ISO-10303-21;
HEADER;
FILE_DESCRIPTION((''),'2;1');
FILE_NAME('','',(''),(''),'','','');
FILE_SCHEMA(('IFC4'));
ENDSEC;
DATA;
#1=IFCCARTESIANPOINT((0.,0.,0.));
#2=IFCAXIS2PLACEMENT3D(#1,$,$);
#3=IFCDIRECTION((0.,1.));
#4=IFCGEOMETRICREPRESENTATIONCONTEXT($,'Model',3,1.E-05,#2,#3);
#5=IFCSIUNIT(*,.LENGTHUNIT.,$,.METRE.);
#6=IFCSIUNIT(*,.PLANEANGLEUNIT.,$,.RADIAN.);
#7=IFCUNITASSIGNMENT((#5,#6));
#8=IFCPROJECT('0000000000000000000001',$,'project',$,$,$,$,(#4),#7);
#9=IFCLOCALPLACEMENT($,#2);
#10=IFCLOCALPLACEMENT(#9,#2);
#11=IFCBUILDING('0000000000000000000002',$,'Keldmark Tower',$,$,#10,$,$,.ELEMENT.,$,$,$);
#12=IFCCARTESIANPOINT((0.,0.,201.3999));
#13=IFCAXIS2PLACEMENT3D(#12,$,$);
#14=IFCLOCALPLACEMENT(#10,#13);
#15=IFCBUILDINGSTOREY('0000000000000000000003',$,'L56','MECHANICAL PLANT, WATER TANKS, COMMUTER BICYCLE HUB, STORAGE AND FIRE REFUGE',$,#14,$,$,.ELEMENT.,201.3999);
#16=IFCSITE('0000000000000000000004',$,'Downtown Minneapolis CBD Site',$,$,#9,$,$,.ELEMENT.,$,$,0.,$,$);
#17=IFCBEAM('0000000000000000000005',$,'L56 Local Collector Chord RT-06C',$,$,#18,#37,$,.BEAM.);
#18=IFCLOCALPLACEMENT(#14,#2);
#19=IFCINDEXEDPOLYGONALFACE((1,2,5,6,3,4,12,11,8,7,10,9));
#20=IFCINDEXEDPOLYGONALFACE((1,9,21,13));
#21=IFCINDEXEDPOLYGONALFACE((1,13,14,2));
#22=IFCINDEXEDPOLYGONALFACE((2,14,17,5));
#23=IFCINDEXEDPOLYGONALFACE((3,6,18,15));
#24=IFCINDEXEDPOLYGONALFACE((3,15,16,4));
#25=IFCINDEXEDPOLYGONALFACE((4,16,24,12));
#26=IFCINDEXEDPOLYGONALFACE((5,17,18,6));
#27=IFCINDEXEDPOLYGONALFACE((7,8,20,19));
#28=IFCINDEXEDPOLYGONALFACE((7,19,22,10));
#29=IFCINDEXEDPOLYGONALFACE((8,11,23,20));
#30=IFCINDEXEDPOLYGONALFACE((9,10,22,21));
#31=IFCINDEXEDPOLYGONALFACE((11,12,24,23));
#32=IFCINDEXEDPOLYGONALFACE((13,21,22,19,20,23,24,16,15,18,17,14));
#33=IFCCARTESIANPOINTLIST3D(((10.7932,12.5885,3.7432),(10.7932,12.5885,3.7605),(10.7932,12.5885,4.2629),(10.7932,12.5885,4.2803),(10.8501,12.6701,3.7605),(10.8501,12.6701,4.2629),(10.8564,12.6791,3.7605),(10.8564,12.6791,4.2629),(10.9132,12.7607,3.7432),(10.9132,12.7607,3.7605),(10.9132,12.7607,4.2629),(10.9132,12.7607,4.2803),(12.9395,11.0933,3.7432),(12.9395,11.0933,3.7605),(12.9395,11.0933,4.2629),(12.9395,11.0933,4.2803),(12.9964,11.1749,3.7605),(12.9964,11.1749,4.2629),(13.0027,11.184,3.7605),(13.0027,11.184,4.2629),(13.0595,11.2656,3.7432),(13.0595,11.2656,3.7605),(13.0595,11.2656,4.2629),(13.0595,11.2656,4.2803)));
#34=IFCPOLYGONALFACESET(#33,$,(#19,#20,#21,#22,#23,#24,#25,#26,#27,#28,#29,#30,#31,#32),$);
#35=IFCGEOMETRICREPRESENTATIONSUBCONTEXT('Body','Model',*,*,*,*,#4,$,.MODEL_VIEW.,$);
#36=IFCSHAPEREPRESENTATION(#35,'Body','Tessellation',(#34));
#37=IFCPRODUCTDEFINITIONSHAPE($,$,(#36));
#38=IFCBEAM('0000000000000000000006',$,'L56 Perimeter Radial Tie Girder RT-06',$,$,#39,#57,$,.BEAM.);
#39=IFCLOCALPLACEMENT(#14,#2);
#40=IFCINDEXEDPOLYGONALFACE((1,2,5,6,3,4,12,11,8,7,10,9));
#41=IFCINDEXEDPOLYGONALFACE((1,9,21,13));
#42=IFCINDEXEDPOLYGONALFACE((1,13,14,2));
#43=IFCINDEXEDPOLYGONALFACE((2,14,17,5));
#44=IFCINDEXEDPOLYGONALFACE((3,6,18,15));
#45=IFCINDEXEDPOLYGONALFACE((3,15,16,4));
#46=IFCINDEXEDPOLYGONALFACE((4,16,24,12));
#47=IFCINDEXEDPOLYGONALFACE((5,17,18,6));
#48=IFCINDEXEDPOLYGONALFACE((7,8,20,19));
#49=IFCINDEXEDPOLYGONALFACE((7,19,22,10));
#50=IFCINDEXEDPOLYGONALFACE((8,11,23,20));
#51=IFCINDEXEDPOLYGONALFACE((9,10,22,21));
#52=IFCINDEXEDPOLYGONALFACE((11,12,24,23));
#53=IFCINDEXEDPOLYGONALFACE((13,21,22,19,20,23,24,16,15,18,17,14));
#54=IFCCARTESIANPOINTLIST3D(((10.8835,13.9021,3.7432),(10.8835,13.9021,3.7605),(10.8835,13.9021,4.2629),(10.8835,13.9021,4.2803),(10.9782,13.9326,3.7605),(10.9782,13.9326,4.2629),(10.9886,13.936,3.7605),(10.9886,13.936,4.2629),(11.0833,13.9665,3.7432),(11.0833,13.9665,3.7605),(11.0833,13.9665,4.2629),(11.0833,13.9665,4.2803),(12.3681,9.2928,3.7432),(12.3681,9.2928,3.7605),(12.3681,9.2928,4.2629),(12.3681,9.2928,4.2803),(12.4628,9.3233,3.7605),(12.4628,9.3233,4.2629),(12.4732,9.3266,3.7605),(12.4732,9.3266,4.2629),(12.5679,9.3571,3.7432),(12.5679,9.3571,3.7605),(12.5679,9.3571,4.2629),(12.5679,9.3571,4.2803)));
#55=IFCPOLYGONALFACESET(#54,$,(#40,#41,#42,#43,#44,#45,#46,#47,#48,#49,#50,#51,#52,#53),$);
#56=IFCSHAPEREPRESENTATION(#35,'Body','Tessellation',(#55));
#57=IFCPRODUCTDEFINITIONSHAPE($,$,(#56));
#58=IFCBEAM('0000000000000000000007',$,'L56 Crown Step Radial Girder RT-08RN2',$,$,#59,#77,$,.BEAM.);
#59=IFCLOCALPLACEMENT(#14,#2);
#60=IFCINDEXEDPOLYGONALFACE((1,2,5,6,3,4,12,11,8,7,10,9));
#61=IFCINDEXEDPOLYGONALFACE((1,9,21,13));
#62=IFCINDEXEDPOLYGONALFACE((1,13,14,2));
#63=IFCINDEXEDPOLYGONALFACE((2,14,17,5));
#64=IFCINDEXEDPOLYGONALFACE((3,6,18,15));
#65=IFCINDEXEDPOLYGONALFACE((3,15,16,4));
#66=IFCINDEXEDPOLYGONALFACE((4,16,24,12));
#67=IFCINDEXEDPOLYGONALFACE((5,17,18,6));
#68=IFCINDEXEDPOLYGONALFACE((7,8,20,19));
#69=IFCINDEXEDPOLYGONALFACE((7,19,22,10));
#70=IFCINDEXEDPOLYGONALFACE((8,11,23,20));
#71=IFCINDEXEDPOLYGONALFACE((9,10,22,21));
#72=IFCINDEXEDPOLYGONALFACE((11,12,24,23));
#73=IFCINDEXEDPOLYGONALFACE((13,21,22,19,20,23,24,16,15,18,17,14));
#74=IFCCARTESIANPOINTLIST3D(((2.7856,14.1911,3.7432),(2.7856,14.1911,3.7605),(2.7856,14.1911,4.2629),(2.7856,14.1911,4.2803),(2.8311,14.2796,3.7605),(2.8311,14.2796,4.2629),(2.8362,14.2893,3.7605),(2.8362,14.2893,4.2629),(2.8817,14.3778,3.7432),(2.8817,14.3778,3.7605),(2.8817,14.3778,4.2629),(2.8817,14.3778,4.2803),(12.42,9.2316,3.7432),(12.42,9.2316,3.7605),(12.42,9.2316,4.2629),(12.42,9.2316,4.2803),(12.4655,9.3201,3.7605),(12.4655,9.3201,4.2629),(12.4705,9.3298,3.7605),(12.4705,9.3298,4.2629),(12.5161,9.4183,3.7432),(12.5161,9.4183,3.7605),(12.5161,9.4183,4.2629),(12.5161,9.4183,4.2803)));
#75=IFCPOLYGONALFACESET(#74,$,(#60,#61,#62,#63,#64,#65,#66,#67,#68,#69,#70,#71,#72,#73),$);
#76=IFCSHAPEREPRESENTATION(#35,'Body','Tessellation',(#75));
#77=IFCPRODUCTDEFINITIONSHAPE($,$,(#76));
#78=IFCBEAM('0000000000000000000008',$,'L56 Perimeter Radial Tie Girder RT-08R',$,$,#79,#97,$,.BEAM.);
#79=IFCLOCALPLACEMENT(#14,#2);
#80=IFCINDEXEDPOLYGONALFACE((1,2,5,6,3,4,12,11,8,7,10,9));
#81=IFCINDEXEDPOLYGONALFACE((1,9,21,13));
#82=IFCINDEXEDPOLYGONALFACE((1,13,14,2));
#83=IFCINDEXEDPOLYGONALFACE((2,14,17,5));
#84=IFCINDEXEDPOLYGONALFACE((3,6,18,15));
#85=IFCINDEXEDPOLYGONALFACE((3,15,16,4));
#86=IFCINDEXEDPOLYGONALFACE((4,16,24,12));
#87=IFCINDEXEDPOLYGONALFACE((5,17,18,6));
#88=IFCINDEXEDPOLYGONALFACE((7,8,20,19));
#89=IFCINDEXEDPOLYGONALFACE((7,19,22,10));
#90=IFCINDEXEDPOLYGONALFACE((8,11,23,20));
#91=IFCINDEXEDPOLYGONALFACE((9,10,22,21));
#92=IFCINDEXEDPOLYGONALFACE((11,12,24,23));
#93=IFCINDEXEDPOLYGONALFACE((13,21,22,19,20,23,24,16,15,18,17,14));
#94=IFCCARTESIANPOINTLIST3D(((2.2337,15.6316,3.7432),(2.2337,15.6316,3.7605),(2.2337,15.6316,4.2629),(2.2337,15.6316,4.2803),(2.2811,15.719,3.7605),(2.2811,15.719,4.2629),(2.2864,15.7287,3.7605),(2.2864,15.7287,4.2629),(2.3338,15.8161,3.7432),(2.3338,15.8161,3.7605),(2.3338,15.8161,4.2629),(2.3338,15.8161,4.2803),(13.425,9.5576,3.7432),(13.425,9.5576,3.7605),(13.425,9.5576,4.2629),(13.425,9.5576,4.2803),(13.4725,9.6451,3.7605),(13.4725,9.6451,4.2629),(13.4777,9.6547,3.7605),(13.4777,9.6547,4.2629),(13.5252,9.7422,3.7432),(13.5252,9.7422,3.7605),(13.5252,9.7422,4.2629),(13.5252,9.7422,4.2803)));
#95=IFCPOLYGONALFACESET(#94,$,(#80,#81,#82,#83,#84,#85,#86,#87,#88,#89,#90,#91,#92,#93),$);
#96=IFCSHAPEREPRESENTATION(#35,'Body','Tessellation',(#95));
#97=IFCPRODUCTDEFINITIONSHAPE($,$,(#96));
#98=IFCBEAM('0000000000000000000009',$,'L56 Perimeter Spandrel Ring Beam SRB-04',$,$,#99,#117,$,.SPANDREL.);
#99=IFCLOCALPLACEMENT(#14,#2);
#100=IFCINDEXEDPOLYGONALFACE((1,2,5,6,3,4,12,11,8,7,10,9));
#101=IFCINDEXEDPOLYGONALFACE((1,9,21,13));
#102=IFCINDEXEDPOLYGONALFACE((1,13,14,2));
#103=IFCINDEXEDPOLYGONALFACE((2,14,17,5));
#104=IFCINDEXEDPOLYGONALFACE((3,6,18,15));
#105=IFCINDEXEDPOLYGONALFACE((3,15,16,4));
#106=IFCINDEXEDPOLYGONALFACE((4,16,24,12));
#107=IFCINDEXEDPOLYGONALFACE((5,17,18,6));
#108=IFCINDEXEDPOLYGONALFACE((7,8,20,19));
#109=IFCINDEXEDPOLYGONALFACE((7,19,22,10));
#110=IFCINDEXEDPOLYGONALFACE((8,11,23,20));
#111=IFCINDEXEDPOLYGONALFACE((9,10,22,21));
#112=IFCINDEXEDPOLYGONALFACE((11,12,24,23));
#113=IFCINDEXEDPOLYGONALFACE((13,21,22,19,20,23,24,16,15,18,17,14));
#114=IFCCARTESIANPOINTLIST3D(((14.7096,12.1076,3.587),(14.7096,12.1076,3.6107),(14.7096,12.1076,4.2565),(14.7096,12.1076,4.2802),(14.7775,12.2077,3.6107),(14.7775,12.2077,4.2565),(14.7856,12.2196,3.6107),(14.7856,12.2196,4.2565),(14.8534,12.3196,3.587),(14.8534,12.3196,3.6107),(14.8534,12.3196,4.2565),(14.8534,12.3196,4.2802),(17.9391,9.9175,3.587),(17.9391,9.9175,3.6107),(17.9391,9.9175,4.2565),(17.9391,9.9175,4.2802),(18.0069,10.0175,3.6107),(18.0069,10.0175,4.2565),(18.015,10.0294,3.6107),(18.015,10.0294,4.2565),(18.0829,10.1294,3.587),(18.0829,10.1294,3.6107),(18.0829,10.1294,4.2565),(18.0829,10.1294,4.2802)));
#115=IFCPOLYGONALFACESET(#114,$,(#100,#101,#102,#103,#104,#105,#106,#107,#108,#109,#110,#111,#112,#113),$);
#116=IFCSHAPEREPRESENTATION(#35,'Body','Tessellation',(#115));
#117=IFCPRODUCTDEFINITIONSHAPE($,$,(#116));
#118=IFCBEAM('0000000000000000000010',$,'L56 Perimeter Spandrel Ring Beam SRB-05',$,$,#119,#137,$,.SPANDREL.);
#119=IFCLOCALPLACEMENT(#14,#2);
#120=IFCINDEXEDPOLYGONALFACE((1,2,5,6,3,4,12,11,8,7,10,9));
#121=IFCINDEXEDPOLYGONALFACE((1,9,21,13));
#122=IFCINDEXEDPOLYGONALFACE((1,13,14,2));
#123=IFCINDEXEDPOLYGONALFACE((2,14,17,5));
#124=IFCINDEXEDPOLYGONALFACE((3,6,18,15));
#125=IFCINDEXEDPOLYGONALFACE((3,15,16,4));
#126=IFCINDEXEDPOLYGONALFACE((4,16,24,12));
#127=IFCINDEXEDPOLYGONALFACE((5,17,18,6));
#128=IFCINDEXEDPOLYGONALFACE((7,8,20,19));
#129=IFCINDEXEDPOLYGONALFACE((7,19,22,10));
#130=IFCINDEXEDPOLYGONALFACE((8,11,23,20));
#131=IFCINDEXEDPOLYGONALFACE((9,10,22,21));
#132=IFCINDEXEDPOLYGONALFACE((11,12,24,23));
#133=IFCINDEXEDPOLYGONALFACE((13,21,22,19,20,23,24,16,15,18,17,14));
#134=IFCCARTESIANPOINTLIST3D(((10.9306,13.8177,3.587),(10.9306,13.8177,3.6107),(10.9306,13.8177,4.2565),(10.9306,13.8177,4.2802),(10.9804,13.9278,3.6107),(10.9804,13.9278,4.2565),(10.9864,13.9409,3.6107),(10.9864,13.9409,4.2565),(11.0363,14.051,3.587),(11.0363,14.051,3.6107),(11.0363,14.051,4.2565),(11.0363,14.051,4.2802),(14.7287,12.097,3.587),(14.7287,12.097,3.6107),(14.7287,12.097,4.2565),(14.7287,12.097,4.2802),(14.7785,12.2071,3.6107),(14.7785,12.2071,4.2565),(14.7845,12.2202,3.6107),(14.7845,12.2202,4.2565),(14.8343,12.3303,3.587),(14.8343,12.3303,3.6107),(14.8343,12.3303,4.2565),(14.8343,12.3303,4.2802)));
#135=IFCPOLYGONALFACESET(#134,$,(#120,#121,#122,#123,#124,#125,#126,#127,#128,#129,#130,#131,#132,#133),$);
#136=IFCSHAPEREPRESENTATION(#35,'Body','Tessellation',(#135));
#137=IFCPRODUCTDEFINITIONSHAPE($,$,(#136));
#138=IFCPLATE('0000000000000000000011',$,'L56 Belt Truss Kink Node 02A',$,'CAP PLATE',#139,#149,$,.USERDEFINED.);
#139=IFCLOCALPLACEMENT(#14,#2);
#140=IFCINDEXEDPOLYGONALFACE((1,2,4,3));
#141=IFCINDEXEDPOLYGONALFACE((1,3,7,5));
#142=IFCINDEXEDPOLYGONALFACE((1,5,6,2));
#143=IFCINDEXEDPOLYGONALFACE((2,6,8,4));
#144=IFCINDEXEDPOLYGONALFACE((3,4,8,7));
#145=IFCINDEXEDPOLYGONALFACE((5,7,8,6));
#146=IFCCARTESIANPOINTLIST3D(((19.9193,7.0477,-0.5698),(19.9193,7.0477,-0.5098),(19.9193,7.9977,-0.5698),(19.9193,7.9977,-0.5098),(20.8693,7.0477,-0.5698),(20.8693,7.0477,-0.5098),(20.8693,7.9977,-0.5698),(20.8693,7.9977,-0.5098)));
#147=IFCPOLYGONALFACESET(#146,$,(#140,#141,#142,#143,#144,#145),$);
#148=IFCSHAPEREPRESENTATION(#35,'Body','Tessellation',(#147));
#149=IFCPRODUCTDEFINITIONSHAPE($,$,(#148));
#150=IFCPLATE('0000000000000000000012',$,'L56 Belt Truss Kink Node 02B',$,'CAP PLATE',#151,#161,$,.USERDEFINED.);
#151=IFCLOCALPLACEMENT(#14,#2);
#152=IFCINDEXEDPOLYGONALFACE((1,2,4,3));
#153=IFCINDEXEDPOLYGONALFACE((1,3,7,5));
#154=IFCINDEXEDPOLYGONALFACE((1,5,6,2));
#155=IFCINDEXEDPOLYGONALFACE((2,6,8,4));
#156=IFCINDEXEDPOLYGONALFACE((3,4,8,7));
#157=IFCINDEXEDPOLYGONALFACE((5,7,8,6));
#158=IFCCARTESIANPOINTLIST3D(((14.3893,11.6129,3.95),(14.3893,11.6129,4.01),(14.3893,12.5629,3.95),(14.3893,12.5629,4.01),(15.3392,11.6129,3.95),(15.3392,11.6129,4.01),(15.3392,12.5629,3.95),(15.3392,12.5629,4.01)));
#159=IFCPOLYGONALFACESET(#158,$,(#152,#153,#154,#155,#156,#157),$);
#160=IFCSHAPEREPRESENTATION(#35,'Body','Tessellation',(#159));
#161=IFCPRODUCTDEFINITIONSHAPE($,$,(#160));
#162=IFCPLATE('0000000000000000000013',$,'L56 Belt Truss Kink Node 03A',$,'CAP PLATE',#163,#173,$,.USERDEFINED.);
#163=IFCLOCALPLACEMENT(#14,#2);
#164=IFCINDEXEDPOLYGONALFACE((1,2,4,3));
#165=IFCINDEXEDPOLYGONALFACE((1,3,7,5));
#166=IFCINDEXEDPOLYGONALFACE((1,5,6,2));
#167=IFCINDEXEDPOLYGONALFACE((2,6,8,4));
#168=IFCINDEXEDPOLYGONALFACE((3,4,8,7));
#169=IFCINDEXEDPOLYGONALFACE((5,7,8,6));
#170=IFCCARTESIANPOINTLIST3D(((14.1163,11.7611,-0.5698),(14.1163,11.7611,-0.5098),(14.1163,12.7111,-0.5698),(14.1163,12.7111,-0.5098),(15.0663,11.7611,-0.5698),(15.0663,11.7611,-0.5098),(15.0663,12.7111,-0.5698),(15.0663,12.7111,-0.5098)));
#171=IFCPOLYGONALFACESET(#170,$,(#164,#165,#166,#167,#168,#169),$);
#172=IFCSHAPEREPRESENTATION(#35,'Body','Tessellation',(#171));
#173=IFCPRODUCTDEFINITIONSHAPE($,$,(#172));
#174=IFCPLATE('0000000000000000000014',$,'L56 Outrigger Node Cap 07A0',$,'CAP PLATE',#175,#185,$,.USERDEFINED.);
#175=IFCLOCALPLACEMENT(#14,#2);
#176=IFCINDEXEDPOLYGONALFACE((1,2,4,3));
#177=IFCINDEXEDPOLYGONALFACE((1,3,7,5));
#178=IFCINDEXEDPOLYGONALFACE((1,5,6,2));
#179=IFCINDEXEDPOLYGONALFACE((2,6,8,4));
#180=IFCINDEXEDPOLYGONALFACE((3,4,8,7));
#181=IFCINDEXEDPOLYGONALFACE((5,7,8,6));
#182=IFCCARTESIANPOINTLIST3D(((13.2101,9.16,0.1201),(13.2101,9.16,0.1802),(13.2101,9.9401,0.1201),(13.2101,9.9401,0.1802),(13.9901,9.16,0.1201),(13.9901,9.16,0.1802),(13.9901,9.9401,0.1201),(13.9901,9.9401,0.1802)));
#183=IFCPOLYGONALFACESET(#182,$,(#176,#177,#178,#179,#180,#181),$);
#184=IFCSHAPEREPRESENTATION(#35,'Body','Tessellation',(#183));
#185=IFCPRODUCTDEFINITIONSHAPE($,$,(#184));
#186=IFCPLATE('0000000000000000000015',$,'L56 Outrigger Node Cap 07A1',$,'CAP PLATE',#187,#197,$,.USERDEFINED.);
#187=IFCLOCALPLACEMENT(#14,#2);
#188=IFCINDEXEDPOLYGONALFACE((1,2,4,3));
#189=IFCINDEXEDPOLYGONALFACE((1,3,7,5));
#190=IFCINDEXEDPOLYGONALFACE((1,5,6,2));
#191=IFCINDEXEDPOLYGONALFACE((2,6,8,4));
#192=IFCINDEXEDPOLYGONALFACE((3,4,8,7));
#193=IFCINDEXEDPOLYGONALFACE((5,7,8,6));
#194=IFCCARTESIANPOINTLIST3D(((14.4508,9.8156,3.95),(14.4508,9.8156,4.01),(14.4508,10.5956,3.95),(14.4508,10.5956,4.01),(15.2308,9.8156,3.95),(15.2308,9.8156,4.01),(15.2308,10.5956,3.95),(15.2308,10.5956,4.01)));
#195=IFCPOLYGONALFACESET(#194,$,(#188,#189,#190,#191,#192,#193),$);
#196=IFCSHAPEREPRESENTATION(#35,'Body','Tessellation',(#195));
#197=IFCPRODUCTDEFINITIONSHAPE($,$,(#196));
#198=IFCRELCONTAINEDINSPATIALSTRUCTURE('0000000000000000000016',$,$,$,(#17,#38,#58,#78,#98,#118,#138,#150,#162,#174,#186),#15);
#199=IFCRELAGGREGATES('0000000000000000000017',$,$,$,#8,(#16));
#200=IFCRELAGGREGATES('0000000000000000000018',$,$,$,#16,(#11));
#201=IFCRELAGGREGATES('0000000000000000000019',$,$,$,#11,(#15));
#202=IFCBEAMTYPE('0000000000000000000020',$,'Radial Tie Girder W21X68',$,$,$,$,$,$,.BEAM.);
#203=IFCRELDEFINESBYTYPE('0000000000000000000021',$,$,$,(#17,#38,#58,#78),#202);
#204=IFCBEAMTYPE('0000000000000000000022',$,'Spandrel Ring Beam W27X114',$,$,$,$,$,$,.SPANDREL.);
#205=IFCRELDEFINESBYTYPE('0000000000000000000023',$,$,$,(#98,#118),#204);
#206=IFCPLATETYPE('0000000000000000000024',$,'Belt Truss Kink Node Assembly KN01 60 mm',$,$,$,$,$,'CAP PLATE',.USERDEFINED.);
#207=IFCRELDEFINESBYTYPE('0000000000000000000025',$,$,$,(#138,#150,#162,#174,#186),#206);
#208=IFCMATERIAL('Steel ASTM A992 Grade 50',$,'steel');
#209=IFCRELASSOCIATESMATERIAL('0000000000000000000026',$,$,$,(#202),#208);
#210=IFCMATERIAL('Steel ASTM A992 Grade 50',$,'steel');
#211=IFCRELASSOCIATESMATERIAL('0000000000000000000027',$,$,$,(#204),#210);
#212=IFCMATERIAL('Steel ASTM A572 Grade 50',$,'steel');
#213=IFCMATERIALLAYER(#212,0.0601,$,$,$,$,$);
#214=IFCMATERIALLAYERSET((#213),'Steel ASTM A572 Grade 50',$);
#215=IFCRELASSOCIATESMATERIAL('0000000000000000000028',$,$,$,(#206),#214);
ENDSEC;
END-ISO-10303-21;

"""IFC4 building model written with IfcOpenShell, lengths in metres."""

from ifc_helpers import new_model, si_unit, direction, frame, origin, origin_2d, place, context, subcontext, project, spatial, rectangle, i_section, extrude, material, layer, layer_set, material_profile, profile_set, type_object, element, save


model = new_model("IFC4")

# Units and contexts
model_context = context("Model", 3, precision=1e-05, world=origin(), true_north=direction((0.0, 1.0)))
body_context = subcontext(model_context, "Body", "Model", "MODEL_VIEW")
ifc_project = project(units=[si_unit("LENGTHUNIT", "METRE"), si_unit("PLANEANGLEUNIT", "RADIAN")], contexts=[model_context])

# Site, building, storey
site_placement = place(None, origin())
site = spatial("IfcSite", under=ifc_project, at=site_placement, Name="Downtown Minneapolis CBD Site", CompositionType="ELEMENT", RefElevation=0.0)
building_placement = place(site_placement, origin())
building = spatial("IfcBuilding", under=site, at=building_placement, Name="Keldmark Tower", CompositionType="ELEMENT")
storey_placement = place(building_placement, frame((0.0, 0.0, 201.3999)))
storey = spatial("IfcBuildingStorey", under=building, at=storey_placement, Name="L56", Description="MECHANICAL PLANT, WATER TANKS, COMMUTER BICYCLE HUB, STORAGE AND FIRE REFUGE", CompositionType="ELEMENT", Elevation=201.3999)

# Beams
ifc_material_1 = material(Name="Steel ASTM A992 Grade 50", Category="steel")
ifc_material_profile_1 = material_profile(ifc_material_1, i_section(OverallWidth=0.21, OverallDepth=0.5371, WebThickness=0.011, FlangeThickness=0.0173, at=origin_2d()), Name="W21X68")
ifc_profile_set_1 = profile_set([ifc_material_profile_1], Name="Steel ASTM A992 Grade 50")
beam_type_1 = type_object("IfcBeamType", Name="Radial Tie Girder W21X68", PredefinedType="BEAM", material=ifc_profile_set_1)
beam_1_placement = place(storey_placement, frame((12.9995, 11.1794, 4.0117), z_axis=(-0.820532, 0.5716, 0.0), x_axis=(-0.5716, -0.820532, 0.0)))
element("IfcBeam", 1, at=beam_1_placement, inside=storey, type_object=beam_type_1, Name="L56 Local Collector Chord RT-06C", PredefinedType="BEAM", context=body_context, shape_type="SweptSolid", body=[
    extrude(i_section(OverallWidth=0.21, OverallDepth=0.5371, WebThickness=0.011, FlangeThickness=0.0173, at=origin_2d()), origin(), (0.0, 0.0, 1.0), 2.6157),
])
beam_2_placement = place(storey_placement, frame((12.468, 9.325, 4.0117), z_axis=(-0.306577, 0.951846, 0.0), x_axis=(-0.951846, -0.306577, 0.0)))
element("IfcBeam", 2, at=beam_2_placement, inside=storey, type_object=beam_type_1, Name="L56 Perimeter Radial Tie Girder RT-06", PredefinedType="BEAM", context=body_context, shape_type="SweptSolid", body=[
    extrude(i_section(OverallWidth=0.21, OverallDepth=0.5371, WebThickness=0.011, FlangeThickness=0.0173, at=origin_2d()), origin(), (0.0, 0.0, 1.0), 4.8425),
])
beam_3_placement = place(storey_placement, frame((12.468, 9.325, 4.0117), z_axis=(-0.889111, 0.457691, 0.0), x_axis=(-0.457691, -0.889111, 0.0)))
element("IfcBeam", 3, at=beam_3_placement, inside=storey, type_object=beam_type_1, Name="L56 Crown Step Radial Girder RT-08RN2", PredefinedType="BEAM", context=body_context, shape_type="SweptSolid", body=[
    extrude(i_section(OverallWidth=0.21, OverallDepth=0.5371, WebThickness=0.011, FlangeThickness=0.0173, at=origin_2d()), origin(), (0.0, 0.0, 1.0), 10.8359),
])
beam_4_placement = place(storey_placement, frame((13.4751, 9.6499, 4.0117), z_axis=(-0.878898, 0.477009, 0.0), x_axis=(-0.477009, -0.878898, 0.0)))
element("IfcBeam", 4, at=beam_4_placement, inside=storey, type_object=beam_type_1, Name="L56 Perimeter Radial Tie Girder RT-08R", PredefinedType="BEAM", context=body_context, shape_type="SweptSolid", body=[
    extrude(i_section(OverallWidth=0.21, OverallDepth=0.5371, WebThickness=0.011, FlangeThickness=0.0173, at=origin_2d()), origin(), (0.0, 0.0, 1.0), 12.7334),
])
ifc_material_2 = material(Name="Steel ASTM A992 Grade 50", Category="steel")
ifc_material_profile_2 = material_profile(ifc_material_2, i_section(OverallWidth=0.2561, OverallDepth=0.6931, WebThickness=0.0144, FlangeThickness=0.0237, at=origin_2d()), Name="W27X114")
ifc_profile_set_2 = profile_set([ifc_material_profile_2], Name="Steel ASTM A992 Grade 50")
beam_type_2 = type_object("IfcBeamType", Name="Spandrel Ring Beam W27X114", PredefinedType="SPANDREL", material=ifc_profile_set_2)
beam_5_placement = place(storey_placement, frame((18.011, 10.0234, 3.9336), z_axis=(-0.827625, 0.561281, 0.0), x_axis=(-0.561281, -0.827625, 0.0)))
element("IfcBeam", 5, at=beam_5_placement, inside=storey, type_object=beam_type_2, Name="L56 Perimeter Spandrel Ring Beam SRB-04", PredefinedType="SPANDREL", context=body_context, shape_type="SweptSolid", body=[
    extrude(i_section(OverallWidth=0.2561, OverallDepth=0.6931, WebThickness=0.0144, FlangeThickness=0.0237, at=origin_2d()), origin(), (0.0, 0.0, 1.0), 3.9021),
])
beam_6_placement = place(storey_placement, frame((14.7815, 12.2136, 3.9336), z_axis=(-0.910881, 0.412669, 0.0), x_axis=(-0.412669, -0.910881, 0.0)))
element("IfcBeam", 6, at=beam_6_placement, inside=storey, type_object=beam_type_2, Name="L56 Perimeter Spandrel Ring Beam SRB-05", PredefinedType="SPANDREL", context=body_context, shape_type="SweptSolid", body=[
    extrude(i_section(OverallWidth=0.2561, OverallDepth=0.6931, WebThickness=0.0144, FlangeThickness=0.0237, at=origin_2d()), origin(), (0.0, 0.0, 1.0), 4.1697),
])

# Plates
ifc_material_3 = material(Name="Steel ASTM A572 Grade 50", Category="steel")
ifc_layer_1 = layer(ifc_material_3, 0.0601)
ifc_layer_set_1 = layer_set([ifc_layer_1], Name="Steel ASTM A572 Grade 50")
plate_type_1 = type_object("IfcPlateType", Name="Belt Truss Kink Node Assembly KN01 60 mm", ElementType="CAP PLATE", PredefinedType="USERDEFINED", material=ifc_layer_set_1)
for number, where, z_axis, x_axis, name in (
    (7, (20.3943, 7.5227, -0.5698), (0.0, 0.0, 1.0), (1.0, 0.0, 0.0), "L56 Belt Truss Kink Node 02A"),
    (8, (14.8643, 12.0879, 3.95), (0.0, 0.0, 1.0), (1.0, 0.0, 0.0), "L56 Belt Truss Kink Node 02B"),
    (9, (14.5913, 12.2361, -0.5698), (0.0, 0.0, 1.0), (1.0, 0.0, 0.0), "L56 Belt Truss Kink Node 03A"),
):
    element("IfcPlate", number, at=place(storey_placement, frame(where, z_axis=z_axis, x_axis=x_axis)), inside=storey, type_object=plate_type_1, Name=name, ObjectType="CAP PLATE", PredefinedType="USERDEFINED", context=body_context, shape_type="SweptSolid", body=[
        extrude(rectangle(XDim=0.95, YDim=0.95, at=origin_2d()), origin(), (0.0, 0.0, 1.0), 0.0601),
    ])
for number, where, z_axis, x_axis, name in (
    (10, (13.6001, 9.55, 0.1201), (0.0, 0.0, 1.0), (1.0, 0.0, 0.0), "L56 Outrigger Node Cap 07A0"),
    (11, (14.8408, 10.2056, 3.95), (0.0, 0.0, 1.0), (1.0, 0.0, 0.0), "L56 Outrigger Node Cap 07A1"),
):
    element("IfcPlate", number, at=place(storey_placement, frame(where, z_axis=z_axis, x_axis=x_axis)), inside=storey, type_object=plate_type_1, Name=name, ObjectType="CAP PLATE", PredefinedType="USERDEFINED", context=body_context, shape_type="SweptSolid", body=[
        extrude(rectangle(XDim=0.78, YDim=0.78, at=origin_2d()), origin(), (0.0, 0.0, 1.0), 0.0601),
    ])

save(model, "model.ifc")
